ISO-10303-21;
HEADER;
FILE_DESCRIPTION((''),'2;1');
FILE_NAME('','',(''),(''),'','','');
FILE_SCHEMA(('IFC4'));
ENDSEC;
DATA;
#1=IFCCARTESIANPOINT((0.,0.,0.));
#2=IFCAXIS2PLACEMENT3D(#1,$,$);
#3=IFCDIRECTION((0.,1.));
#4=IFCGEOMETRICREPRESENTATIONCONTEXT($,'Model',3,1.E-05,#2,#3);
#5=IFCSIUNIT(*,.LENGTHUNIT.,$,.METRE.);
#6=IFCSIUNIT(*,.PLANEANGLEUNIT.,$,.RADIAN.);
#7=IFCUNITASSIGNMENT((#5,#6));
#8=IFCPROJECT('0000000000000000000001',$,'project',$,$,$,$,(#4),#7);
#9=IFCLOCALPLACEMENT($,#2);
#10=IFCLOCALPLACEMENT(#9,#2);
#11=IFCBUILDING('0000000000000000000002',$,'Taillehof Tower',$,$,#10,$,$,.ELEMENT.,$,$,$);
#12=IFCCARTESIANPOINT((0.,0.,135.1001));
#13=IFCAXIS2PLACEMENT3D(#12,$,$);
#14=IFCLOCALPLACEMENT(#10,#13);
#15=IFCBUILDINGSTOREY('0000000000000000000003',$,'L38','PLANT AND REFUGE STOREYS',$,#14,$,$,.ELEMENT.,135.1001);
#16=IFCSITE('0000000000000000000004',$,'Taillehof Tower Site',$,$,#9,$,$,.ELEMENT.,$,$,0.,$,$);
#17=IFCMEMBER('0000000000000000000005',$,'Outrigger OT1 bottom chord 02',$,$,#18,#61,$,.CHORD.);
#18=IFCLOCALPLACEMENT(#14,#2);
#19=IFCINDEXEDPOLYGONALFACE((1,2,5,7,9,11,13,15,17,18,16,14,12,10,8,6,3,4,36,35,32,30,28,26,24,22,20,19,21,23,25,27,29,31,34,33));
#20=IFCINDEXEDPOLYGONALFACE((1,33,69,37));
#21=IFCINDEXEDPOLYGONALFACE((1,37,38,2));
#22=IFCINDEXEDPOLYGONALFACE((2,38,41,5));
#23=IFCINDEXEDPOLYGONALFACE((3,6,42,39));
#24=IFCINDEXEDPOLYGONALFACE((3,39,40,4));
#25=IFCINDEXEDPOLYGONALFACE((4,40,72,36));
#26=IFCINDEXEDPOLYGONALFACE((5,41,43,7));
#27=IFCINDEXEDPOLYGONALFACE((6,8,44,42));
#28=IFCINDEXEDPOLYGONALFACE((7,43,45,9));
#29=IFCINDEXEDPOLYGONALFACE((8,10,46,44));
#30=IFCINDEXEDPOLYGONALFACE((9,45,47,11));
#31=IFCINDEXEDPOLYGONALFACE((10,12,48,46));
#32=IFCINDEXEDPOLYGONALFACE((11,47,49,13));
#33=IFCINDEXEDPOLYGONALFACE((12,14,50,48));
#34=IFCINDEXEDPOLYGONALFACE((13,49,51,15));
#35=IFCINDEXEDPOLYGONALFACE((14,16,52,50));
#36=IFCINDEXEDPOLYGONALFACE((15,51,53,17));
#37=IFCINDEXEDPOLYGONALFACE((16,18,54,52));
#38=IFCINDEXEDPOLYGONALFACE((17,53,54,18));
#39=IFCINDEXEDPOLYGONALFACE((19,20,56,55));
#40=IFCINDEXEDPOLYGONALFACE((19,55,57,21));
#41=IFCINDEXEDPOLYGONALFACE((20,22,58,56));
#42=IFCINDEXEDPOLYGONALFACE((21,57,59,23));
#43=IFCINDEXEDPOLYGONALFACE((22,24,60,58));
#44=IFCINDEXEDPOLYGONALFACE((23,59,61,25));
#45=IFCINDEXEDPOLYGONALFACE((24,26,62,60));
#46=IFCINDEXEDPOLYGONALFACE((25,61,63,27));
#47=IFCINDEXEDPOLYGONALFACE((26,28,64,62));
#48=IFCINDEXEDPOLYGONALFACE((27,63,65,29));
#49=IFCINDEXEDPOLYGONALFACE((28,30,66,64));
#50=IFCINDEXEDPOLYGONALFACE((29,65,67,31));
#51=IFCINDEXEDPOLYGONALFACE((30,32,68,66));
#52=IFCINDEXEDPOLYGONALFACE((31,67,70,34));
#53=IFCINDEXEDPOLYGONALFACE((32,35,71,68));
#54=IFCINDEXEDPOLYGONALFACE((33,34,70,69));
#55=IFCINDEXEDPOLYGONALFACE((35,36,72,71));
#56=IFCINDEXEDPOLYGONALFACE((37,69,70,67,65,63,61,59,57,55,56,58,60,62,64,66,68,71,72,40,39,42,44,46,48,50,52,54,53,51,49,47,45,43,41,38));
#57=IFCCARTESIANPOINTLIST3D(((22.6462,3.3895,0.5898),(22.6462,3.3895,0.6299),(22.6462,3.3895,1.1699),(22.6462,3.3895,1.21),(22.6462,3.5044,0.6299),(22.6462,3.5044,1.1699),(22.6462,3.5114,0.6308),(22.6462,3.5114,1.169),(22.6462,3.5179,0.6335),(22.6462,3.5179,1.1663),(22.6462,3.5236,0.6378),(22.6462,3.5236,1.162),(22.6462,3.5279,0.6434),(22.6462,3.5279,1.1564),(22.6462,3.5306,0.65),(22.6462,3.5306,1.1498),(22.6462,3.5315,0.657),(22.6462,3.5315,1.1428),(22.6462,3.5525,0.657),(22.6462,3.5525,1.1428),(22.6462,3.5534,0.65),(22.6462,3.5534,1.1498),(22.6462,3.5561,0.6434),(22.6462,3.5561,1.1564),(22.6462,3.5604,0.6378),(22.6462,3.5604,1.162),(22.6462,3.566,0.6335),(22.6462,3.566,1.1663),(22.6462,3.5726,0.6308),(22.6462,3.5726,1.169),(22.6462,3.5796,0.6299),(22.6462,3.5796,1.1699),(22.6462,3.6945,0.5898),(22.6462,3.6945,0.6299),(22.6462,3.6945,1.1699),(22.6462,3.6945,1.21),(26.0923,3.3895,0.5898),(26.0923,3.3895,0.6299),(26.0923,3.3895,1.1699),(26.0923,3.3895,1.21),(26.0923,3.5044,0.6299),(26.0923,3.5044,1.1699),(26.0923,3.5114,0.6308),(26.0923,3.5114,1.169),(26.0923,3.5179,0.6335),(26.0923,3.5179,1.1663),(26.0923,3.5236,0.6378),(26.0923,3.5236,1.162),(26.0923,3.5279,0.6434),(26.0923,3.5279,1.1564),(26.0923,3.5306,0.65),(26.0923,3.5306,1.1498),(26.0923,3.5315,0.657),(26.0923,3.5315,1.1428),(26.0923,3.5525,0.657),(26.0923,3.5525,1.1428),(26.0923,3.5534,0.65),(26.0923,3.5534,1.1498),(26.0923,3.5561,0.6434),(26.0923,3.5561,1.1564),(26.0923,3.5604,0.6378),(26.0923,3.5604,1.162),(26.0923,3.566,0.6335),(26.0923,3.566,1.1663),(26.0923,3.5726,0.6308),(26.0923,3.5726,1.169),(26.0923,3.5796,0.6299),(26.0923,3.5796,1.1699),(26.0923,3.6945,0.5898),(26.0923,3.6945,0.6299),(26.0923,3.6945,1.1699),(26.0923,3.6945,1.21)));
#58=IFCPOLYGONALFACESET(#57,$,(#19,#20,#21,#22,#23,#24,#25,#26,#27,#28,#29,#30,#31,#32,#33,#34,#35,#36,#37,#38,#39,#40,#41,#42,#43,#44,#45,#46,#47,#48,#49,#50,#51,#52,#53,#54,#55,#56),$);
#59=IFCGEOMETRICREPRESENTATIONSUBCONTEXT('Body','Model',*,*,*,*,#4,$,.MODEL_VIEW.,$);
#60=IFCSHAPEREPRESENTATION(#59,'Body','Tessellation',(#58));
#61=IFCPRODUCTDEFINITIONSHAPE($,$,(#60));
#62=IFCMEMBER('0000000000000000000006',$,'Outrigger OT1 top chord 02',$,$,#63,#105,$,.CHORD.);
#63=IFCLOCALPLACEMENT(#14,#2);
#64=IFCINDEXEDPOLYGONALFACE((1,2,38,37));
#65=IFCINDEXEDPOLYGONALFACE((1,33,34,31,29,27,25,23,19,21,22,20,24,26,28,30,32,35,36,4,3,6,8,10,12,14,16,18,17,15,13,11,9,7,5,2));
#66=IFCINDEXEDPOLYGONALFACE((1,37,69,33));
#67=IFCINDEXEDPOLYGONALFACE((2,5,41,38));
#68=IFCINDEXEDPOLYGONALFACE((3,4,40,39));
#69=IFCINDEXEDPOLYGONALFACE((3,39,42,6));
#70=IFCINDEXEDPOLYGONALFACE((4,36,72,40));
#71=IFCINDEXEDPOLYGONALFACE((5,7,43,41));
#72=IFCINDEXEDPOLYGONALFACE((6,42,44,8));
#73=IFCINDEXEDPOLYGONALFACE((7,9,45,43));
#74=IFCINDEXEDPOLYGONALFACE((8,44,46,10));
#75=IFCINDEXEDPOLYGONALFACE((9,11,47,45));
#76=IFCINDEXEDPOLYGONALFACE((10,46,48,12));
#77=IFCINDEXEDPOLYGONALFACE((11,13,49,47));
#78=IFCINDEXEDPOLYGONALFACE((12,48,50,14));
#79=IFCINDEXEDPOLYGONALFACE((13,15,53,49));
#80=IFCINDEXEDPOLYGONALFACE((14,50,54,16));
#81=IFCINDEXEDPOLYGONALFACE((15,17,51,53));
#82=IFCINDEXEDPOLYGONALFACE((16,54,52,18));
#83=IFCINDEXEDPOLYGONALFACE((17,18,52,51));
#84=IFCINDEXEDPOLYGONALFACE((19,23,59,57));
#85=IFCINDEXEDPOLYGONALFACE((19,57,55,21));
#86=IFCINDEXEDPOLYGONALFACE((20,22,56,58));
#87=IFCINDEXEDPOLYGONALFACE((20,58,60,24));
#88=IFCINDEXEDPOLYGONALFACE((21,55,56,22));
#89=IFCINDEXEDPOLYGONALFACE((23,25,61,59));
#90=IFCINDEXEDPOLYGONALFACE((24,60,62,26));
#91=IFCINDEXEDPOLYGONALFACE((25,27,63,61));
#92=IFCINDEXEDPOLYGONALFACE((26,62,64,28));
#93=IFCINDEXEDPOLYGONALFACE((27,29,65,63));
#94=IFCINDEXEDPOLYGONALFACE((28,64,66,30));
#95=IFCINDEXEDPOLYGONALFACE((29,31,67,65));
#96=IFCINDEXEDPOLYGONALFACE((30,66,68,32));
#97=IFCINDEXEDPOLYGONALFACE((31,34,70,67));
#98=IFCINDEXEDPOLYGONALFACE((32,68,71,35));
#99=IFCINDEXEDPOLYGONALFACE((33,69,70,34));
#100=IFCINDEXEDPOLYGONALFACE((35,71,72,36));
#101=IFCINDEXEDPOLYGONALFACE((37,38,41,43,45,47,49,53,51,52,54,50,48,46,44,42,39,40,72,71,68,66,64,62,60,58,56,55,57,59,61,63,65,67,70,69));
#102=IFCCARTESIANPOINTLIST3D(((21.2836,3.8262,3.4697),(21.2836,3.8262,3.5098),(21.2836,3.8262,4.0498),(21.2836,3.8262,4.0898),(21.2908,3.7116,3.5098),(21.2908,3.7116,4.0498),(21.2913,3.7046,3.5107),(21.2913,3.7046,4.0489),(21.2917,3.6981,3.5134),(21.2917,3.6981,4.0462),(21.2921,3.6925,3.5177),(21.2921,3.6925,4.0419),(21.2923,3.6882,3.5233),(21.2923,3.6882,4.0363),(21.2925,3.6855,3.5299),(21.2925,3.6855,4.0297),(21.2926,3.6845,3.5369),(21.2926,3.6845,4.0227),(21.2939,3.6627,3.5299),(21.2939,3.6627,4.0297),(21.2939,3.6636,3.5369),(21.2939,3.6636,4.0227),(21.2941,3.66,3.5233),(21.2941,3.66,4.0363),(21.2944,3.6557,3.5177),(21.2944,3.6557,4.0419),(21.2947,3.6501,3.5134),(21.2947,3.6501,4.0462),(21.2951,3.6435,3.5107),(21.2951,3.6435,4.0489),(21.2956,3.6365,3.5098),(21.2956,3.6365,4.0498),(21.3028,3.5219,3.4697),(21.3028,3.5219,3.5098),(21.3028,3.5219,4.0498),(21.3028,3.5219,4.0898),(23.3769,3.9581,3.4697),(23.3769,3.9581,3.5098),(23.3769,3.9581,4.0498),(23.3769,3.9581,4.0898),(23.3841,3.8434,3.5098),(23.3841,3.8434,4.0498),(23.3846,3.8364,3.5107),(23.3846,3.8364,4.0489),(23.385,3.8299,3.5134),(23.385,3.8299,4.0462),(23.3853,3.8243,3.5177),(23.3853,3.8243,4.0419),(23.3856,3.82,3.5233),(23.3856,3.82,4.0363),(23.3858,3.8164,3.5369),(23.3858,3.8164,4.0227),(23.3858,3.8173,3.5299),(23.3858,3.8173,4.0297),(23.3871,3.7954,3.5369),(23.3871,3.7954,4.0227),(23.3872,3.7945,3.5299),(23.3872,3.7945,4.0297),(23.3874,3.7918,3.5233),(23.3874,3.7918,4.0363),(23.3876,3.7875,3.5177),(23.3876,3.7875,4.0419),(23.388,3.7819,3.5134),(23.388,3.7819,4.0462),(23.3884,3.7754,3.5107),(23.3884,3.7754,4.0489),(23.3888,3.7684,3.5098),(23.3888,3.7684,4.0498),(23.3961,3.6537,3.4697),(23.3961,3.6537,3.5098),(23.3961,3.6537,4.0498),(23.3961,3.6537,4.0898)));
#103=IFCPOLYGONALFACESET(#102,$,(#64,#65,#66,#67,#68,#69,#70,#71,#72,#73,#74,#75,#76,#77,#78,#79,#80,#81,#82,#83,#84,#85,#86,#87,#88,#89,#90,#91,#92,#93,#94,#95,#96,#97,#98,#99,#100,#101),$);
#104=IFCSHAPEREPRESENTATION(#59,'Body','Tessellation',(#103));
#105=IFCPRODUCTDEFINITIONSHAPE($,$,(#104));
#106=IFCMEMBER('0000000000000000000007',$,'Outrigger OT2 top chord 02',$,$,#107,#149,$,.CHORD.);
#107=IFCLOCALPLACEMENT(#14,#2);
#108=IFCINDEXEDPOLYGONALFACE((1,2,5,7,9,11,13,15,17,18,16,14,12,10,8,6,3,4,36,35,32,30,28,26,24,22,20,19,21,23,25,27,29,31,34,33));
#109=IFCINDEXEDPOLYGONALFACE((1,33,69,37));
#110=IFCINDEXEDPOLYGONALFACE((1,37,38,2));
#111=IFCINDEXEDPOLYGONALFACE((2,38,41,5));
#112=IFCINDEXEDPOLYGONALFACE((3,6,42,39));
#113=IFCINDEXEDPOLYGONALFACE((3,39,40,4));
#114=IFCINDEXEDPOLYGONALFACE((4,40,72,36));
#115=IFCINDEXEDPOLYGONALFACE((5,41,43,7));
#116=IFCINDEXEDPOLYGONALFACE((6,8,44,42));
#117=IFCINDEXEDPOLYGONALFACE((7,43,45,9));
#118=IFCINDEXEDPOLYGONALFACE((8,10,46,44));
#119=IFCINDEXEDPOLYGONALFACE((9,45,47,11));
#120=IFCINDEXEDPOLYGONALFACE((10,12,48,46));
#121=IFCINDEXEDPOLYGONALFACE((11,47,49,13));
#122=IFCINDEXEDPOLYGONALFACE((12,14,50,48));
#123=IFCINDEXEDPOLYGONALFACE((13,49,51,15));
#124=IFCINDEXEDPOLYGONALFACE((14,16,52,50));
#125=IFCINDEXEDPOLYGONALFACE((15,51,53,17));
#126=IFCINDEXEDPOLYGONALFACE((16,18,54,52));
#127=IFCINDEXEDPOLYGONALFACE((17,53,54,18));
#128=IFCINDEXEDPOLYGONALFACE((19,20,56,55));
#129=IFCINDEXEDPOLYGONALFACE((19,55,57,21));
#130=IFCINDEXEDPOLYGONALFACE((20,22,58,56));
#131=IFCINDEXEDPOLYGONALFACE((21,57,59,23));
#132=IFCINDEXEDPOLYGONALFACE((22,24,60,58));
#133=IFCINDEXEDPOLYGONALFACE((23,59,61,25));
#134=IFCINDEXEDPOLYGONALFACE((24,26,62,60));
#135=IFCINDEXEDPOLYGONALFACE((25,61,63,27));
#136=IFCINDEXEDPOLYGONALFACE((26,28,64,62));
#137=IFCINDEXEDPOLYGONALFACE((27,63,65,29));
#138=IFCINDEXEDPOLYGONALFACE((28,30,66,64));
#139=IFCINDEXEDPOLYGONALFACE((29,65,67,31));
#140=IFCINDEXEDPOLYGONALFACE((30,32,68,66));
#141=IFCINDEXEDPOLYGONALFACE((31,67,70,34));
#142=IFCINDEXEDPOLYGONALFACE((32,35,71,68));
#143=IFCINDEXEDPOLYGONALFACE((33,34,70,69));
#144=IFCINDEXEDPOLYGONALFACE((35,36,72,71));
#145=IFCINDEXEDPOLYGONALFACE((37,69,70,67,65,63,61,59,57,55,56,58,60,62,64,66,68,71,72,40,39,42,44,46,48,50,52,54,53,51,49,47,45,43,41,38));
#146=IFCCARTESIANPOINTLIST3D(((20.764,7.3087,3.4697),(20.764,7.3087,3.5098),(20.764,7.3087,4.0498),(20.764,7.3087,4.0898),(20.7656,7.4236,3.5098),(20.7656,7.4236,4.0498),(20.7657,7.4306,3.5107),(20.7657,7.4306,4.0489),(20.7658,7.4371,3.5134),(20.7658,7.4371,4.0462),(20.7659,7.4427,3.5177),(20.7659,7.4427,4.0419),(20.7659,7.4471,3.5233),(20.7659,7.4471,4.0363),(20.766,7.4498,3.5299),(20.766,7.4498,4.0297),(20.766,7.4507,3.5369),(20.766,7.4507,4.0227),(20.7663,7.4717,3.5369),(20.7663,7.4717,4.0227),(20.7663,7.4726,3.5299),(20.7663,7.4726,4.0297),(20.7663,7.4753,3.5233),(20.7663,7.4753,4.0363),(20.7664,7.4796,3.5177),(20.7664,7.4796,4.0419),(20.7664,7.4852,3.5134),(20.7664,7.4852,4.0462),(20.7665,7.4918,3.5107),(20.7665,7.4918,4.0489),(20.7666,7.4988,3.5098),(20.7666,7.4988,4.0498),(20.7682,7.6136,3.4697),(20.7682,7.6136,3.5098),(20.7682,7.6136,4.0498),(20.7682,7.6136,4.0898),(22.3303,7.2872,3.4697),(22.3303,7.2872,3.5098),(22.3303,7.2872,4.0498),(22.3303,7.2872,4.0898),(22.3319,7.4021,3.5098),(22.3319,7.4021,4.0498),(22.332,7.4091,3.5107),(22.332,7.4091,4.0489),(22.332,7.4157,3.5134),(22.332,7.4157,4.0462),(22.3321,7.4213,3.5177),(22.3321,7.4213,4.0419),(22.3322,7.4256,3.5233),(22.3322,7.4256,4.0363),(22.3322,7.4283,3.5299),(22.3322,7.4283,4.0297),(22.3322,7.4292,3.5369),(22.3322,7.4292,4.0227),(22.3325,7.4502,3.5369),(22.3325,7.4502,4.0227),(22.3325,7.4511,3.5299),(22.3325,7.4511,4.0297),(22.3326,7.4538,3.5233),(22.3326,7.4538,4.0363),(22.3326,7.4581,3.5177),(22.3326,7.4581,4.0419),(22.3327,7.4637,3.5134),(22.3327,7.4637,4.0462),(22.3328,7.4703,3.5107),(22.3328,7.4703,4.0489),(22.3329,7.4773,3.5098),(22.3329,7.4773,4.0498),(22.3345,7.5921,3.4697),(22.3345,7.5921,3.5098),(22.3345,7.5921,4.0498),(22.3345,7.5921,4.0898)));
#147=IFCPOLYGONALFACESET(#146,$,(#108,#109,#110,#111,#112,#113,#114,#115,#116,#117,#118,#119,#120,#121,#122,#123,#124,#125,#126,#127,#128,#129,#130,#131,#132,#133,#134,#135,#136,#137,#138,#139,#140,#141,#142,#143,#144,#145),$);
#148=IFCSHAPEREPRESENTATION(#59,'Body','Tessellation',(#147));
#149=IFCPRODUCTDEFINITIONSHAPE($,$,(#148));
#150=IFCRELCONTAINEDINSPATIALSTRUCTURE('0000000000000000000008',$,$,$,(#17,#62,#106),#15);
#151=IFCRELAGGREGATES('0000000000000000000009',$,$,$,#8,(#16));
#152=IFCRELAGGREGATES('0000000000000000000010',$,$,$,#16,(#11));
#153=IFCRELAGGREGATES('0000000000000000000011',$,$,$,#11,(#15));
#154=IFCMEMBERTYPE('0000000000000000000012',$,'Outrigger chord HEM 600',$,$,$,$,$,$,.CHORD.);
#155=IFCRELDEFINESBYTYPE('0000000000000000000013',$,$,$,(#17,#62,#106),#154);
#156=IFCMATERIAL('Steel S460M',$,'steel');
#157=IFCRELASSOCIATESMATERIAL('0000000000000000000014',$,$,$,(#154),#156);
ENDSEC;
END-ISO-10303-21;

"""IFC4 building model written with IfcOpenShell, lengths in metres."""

from ifc_helpers import new_model, si_unit, direction, frame, origin, origin_2d, place, context, subcontext, project, spatial, i_section, extrude, material, material_profile, profile_set, type_object, element, save


model = new_model("IFC4")

# Units and contexts
model_context = context("Model", 3, precision=1e-05, world=origin(), true_north=direction((0.0, 1.0)))
body_context = subcontext(model_context, "Body", "Model", "MODEL_VIEW")
ifc_project = project(units=[si_unit("LENGTHUNIT", "METRE"), si_unit("PLANEANGLEUNIT", "RADIAN")], contexts=[model_context])

# Site, building, storey
site_placement = place(None, origin())
site = spatial("IfcSite", under=ifc_project, at=site_placement, Name="Taillehof Tower Site", CompositionType="ELEMENT", RefElevation=0.0)
building_placement = place(site_placement, origin())
building = spatial("IfcBuilding", under=site, at=building_placement, Name="Taillehof Tower", CompositionType="ELEMENT")
storey_placement = place(building_placement, frame((0.0, 0.0, 135.1001)))
storey = spatial("IfcBuildingStorey", under=building, at=storey_placement, Name="L38", Description="PLANT AND REFUGE STOREYS", CompositionType="ELEMENT", Elevation=135.1001)

# Members
ifc_material_1 = material(Name="Steel S460M", Category="steel")
ifc_material_profile_1 = material_profile(ifc_material_1, i_section(OverallWidth=0.3049, OverallDepth=0.6201, WebThickness=0.021, FlangeThickness=0.04, FilletRadius=0.0271, at=origin_2d()), Name="HEM 600")
ifc_profile_set_1 = profile_set([ifc_material_profile_1], Name="Steel S460M")
member_type_1 = type_object("IfcMemberType", Name="Outrigger chord HEM 600", PredefinedType="CHORD", material=ifc_profile_set_1)
member_1_placement = place(storey_placement, frame((22.6462, 3.542, 0.8999), z_axis=(1.0, 0.0, 0.0), x_axis=(0.0, 1.0, 0.0)))
element("IfcMember", 1, at=member_1_placement, inside=storey, type_object=member_type_1, Name="Outrigger OT1 bottom chord 02", PredefinedType="CHORD", context=body_context, shape_type="SweptSolid", body=[
    extrude(i_section(OverallWidth=0.3049, OverallDepth=0.6201, WebThickness=0.021, FlangeThickness=0.04, FilletRadius=0.0271, at=origin_2d()), origin(), (0.0, 0.0, 1.0), 3.446),
])
member_2_placement = place(storey_placement, frame((21.2932, 3.6741, 3.7798), z_axis=(0.998023, 0.062857, 0.0), x_axis=(-0.062857, 0.998023, 0.0)))
element("IfcMember", 2, at=member_2_placement, inside=storey, type_object=member_type_1, Name="Outrigger OT1 top chord 02", PredefinedType="CHORD", context=body_context, shape_type="SweptSolid", body=[
    extrude(i_section(OverallWidth=0.3049, OverallDepth=0.6201, WebThickness=0.021, FlangeThickness=0.04, FilletRadius=0.0271, at=origin_2d()), origin(), (0.0, 0.0, 1.0), 2.0974),
])
member_3_placement = place(storey_placement, frame((20.7661, 7.4612, 3.7798), z_axis=(0.999906, -0.013717, 0.0), x_axis=(0.013717, 0.999906, 0.0)))
element("IfcMember", 3, at=member_3_placement, inside=storey, type_object=member_type_1, Name="Outrigger OT2 top chord 02", PredefinedType="CHORD", context=body_context, shape_type="SweptSolid", body=[
    extrude(i_section(OverallWidth=0.3049, OverallDepth=0.6201, WebThickness=0.021, FlangeThickness=0.04, FilletRadius=0.0271, at=origin_2d()), origin(), (0.0, 0.0, 1.0), 1.5664),
])

save(model, "model.ifc")
